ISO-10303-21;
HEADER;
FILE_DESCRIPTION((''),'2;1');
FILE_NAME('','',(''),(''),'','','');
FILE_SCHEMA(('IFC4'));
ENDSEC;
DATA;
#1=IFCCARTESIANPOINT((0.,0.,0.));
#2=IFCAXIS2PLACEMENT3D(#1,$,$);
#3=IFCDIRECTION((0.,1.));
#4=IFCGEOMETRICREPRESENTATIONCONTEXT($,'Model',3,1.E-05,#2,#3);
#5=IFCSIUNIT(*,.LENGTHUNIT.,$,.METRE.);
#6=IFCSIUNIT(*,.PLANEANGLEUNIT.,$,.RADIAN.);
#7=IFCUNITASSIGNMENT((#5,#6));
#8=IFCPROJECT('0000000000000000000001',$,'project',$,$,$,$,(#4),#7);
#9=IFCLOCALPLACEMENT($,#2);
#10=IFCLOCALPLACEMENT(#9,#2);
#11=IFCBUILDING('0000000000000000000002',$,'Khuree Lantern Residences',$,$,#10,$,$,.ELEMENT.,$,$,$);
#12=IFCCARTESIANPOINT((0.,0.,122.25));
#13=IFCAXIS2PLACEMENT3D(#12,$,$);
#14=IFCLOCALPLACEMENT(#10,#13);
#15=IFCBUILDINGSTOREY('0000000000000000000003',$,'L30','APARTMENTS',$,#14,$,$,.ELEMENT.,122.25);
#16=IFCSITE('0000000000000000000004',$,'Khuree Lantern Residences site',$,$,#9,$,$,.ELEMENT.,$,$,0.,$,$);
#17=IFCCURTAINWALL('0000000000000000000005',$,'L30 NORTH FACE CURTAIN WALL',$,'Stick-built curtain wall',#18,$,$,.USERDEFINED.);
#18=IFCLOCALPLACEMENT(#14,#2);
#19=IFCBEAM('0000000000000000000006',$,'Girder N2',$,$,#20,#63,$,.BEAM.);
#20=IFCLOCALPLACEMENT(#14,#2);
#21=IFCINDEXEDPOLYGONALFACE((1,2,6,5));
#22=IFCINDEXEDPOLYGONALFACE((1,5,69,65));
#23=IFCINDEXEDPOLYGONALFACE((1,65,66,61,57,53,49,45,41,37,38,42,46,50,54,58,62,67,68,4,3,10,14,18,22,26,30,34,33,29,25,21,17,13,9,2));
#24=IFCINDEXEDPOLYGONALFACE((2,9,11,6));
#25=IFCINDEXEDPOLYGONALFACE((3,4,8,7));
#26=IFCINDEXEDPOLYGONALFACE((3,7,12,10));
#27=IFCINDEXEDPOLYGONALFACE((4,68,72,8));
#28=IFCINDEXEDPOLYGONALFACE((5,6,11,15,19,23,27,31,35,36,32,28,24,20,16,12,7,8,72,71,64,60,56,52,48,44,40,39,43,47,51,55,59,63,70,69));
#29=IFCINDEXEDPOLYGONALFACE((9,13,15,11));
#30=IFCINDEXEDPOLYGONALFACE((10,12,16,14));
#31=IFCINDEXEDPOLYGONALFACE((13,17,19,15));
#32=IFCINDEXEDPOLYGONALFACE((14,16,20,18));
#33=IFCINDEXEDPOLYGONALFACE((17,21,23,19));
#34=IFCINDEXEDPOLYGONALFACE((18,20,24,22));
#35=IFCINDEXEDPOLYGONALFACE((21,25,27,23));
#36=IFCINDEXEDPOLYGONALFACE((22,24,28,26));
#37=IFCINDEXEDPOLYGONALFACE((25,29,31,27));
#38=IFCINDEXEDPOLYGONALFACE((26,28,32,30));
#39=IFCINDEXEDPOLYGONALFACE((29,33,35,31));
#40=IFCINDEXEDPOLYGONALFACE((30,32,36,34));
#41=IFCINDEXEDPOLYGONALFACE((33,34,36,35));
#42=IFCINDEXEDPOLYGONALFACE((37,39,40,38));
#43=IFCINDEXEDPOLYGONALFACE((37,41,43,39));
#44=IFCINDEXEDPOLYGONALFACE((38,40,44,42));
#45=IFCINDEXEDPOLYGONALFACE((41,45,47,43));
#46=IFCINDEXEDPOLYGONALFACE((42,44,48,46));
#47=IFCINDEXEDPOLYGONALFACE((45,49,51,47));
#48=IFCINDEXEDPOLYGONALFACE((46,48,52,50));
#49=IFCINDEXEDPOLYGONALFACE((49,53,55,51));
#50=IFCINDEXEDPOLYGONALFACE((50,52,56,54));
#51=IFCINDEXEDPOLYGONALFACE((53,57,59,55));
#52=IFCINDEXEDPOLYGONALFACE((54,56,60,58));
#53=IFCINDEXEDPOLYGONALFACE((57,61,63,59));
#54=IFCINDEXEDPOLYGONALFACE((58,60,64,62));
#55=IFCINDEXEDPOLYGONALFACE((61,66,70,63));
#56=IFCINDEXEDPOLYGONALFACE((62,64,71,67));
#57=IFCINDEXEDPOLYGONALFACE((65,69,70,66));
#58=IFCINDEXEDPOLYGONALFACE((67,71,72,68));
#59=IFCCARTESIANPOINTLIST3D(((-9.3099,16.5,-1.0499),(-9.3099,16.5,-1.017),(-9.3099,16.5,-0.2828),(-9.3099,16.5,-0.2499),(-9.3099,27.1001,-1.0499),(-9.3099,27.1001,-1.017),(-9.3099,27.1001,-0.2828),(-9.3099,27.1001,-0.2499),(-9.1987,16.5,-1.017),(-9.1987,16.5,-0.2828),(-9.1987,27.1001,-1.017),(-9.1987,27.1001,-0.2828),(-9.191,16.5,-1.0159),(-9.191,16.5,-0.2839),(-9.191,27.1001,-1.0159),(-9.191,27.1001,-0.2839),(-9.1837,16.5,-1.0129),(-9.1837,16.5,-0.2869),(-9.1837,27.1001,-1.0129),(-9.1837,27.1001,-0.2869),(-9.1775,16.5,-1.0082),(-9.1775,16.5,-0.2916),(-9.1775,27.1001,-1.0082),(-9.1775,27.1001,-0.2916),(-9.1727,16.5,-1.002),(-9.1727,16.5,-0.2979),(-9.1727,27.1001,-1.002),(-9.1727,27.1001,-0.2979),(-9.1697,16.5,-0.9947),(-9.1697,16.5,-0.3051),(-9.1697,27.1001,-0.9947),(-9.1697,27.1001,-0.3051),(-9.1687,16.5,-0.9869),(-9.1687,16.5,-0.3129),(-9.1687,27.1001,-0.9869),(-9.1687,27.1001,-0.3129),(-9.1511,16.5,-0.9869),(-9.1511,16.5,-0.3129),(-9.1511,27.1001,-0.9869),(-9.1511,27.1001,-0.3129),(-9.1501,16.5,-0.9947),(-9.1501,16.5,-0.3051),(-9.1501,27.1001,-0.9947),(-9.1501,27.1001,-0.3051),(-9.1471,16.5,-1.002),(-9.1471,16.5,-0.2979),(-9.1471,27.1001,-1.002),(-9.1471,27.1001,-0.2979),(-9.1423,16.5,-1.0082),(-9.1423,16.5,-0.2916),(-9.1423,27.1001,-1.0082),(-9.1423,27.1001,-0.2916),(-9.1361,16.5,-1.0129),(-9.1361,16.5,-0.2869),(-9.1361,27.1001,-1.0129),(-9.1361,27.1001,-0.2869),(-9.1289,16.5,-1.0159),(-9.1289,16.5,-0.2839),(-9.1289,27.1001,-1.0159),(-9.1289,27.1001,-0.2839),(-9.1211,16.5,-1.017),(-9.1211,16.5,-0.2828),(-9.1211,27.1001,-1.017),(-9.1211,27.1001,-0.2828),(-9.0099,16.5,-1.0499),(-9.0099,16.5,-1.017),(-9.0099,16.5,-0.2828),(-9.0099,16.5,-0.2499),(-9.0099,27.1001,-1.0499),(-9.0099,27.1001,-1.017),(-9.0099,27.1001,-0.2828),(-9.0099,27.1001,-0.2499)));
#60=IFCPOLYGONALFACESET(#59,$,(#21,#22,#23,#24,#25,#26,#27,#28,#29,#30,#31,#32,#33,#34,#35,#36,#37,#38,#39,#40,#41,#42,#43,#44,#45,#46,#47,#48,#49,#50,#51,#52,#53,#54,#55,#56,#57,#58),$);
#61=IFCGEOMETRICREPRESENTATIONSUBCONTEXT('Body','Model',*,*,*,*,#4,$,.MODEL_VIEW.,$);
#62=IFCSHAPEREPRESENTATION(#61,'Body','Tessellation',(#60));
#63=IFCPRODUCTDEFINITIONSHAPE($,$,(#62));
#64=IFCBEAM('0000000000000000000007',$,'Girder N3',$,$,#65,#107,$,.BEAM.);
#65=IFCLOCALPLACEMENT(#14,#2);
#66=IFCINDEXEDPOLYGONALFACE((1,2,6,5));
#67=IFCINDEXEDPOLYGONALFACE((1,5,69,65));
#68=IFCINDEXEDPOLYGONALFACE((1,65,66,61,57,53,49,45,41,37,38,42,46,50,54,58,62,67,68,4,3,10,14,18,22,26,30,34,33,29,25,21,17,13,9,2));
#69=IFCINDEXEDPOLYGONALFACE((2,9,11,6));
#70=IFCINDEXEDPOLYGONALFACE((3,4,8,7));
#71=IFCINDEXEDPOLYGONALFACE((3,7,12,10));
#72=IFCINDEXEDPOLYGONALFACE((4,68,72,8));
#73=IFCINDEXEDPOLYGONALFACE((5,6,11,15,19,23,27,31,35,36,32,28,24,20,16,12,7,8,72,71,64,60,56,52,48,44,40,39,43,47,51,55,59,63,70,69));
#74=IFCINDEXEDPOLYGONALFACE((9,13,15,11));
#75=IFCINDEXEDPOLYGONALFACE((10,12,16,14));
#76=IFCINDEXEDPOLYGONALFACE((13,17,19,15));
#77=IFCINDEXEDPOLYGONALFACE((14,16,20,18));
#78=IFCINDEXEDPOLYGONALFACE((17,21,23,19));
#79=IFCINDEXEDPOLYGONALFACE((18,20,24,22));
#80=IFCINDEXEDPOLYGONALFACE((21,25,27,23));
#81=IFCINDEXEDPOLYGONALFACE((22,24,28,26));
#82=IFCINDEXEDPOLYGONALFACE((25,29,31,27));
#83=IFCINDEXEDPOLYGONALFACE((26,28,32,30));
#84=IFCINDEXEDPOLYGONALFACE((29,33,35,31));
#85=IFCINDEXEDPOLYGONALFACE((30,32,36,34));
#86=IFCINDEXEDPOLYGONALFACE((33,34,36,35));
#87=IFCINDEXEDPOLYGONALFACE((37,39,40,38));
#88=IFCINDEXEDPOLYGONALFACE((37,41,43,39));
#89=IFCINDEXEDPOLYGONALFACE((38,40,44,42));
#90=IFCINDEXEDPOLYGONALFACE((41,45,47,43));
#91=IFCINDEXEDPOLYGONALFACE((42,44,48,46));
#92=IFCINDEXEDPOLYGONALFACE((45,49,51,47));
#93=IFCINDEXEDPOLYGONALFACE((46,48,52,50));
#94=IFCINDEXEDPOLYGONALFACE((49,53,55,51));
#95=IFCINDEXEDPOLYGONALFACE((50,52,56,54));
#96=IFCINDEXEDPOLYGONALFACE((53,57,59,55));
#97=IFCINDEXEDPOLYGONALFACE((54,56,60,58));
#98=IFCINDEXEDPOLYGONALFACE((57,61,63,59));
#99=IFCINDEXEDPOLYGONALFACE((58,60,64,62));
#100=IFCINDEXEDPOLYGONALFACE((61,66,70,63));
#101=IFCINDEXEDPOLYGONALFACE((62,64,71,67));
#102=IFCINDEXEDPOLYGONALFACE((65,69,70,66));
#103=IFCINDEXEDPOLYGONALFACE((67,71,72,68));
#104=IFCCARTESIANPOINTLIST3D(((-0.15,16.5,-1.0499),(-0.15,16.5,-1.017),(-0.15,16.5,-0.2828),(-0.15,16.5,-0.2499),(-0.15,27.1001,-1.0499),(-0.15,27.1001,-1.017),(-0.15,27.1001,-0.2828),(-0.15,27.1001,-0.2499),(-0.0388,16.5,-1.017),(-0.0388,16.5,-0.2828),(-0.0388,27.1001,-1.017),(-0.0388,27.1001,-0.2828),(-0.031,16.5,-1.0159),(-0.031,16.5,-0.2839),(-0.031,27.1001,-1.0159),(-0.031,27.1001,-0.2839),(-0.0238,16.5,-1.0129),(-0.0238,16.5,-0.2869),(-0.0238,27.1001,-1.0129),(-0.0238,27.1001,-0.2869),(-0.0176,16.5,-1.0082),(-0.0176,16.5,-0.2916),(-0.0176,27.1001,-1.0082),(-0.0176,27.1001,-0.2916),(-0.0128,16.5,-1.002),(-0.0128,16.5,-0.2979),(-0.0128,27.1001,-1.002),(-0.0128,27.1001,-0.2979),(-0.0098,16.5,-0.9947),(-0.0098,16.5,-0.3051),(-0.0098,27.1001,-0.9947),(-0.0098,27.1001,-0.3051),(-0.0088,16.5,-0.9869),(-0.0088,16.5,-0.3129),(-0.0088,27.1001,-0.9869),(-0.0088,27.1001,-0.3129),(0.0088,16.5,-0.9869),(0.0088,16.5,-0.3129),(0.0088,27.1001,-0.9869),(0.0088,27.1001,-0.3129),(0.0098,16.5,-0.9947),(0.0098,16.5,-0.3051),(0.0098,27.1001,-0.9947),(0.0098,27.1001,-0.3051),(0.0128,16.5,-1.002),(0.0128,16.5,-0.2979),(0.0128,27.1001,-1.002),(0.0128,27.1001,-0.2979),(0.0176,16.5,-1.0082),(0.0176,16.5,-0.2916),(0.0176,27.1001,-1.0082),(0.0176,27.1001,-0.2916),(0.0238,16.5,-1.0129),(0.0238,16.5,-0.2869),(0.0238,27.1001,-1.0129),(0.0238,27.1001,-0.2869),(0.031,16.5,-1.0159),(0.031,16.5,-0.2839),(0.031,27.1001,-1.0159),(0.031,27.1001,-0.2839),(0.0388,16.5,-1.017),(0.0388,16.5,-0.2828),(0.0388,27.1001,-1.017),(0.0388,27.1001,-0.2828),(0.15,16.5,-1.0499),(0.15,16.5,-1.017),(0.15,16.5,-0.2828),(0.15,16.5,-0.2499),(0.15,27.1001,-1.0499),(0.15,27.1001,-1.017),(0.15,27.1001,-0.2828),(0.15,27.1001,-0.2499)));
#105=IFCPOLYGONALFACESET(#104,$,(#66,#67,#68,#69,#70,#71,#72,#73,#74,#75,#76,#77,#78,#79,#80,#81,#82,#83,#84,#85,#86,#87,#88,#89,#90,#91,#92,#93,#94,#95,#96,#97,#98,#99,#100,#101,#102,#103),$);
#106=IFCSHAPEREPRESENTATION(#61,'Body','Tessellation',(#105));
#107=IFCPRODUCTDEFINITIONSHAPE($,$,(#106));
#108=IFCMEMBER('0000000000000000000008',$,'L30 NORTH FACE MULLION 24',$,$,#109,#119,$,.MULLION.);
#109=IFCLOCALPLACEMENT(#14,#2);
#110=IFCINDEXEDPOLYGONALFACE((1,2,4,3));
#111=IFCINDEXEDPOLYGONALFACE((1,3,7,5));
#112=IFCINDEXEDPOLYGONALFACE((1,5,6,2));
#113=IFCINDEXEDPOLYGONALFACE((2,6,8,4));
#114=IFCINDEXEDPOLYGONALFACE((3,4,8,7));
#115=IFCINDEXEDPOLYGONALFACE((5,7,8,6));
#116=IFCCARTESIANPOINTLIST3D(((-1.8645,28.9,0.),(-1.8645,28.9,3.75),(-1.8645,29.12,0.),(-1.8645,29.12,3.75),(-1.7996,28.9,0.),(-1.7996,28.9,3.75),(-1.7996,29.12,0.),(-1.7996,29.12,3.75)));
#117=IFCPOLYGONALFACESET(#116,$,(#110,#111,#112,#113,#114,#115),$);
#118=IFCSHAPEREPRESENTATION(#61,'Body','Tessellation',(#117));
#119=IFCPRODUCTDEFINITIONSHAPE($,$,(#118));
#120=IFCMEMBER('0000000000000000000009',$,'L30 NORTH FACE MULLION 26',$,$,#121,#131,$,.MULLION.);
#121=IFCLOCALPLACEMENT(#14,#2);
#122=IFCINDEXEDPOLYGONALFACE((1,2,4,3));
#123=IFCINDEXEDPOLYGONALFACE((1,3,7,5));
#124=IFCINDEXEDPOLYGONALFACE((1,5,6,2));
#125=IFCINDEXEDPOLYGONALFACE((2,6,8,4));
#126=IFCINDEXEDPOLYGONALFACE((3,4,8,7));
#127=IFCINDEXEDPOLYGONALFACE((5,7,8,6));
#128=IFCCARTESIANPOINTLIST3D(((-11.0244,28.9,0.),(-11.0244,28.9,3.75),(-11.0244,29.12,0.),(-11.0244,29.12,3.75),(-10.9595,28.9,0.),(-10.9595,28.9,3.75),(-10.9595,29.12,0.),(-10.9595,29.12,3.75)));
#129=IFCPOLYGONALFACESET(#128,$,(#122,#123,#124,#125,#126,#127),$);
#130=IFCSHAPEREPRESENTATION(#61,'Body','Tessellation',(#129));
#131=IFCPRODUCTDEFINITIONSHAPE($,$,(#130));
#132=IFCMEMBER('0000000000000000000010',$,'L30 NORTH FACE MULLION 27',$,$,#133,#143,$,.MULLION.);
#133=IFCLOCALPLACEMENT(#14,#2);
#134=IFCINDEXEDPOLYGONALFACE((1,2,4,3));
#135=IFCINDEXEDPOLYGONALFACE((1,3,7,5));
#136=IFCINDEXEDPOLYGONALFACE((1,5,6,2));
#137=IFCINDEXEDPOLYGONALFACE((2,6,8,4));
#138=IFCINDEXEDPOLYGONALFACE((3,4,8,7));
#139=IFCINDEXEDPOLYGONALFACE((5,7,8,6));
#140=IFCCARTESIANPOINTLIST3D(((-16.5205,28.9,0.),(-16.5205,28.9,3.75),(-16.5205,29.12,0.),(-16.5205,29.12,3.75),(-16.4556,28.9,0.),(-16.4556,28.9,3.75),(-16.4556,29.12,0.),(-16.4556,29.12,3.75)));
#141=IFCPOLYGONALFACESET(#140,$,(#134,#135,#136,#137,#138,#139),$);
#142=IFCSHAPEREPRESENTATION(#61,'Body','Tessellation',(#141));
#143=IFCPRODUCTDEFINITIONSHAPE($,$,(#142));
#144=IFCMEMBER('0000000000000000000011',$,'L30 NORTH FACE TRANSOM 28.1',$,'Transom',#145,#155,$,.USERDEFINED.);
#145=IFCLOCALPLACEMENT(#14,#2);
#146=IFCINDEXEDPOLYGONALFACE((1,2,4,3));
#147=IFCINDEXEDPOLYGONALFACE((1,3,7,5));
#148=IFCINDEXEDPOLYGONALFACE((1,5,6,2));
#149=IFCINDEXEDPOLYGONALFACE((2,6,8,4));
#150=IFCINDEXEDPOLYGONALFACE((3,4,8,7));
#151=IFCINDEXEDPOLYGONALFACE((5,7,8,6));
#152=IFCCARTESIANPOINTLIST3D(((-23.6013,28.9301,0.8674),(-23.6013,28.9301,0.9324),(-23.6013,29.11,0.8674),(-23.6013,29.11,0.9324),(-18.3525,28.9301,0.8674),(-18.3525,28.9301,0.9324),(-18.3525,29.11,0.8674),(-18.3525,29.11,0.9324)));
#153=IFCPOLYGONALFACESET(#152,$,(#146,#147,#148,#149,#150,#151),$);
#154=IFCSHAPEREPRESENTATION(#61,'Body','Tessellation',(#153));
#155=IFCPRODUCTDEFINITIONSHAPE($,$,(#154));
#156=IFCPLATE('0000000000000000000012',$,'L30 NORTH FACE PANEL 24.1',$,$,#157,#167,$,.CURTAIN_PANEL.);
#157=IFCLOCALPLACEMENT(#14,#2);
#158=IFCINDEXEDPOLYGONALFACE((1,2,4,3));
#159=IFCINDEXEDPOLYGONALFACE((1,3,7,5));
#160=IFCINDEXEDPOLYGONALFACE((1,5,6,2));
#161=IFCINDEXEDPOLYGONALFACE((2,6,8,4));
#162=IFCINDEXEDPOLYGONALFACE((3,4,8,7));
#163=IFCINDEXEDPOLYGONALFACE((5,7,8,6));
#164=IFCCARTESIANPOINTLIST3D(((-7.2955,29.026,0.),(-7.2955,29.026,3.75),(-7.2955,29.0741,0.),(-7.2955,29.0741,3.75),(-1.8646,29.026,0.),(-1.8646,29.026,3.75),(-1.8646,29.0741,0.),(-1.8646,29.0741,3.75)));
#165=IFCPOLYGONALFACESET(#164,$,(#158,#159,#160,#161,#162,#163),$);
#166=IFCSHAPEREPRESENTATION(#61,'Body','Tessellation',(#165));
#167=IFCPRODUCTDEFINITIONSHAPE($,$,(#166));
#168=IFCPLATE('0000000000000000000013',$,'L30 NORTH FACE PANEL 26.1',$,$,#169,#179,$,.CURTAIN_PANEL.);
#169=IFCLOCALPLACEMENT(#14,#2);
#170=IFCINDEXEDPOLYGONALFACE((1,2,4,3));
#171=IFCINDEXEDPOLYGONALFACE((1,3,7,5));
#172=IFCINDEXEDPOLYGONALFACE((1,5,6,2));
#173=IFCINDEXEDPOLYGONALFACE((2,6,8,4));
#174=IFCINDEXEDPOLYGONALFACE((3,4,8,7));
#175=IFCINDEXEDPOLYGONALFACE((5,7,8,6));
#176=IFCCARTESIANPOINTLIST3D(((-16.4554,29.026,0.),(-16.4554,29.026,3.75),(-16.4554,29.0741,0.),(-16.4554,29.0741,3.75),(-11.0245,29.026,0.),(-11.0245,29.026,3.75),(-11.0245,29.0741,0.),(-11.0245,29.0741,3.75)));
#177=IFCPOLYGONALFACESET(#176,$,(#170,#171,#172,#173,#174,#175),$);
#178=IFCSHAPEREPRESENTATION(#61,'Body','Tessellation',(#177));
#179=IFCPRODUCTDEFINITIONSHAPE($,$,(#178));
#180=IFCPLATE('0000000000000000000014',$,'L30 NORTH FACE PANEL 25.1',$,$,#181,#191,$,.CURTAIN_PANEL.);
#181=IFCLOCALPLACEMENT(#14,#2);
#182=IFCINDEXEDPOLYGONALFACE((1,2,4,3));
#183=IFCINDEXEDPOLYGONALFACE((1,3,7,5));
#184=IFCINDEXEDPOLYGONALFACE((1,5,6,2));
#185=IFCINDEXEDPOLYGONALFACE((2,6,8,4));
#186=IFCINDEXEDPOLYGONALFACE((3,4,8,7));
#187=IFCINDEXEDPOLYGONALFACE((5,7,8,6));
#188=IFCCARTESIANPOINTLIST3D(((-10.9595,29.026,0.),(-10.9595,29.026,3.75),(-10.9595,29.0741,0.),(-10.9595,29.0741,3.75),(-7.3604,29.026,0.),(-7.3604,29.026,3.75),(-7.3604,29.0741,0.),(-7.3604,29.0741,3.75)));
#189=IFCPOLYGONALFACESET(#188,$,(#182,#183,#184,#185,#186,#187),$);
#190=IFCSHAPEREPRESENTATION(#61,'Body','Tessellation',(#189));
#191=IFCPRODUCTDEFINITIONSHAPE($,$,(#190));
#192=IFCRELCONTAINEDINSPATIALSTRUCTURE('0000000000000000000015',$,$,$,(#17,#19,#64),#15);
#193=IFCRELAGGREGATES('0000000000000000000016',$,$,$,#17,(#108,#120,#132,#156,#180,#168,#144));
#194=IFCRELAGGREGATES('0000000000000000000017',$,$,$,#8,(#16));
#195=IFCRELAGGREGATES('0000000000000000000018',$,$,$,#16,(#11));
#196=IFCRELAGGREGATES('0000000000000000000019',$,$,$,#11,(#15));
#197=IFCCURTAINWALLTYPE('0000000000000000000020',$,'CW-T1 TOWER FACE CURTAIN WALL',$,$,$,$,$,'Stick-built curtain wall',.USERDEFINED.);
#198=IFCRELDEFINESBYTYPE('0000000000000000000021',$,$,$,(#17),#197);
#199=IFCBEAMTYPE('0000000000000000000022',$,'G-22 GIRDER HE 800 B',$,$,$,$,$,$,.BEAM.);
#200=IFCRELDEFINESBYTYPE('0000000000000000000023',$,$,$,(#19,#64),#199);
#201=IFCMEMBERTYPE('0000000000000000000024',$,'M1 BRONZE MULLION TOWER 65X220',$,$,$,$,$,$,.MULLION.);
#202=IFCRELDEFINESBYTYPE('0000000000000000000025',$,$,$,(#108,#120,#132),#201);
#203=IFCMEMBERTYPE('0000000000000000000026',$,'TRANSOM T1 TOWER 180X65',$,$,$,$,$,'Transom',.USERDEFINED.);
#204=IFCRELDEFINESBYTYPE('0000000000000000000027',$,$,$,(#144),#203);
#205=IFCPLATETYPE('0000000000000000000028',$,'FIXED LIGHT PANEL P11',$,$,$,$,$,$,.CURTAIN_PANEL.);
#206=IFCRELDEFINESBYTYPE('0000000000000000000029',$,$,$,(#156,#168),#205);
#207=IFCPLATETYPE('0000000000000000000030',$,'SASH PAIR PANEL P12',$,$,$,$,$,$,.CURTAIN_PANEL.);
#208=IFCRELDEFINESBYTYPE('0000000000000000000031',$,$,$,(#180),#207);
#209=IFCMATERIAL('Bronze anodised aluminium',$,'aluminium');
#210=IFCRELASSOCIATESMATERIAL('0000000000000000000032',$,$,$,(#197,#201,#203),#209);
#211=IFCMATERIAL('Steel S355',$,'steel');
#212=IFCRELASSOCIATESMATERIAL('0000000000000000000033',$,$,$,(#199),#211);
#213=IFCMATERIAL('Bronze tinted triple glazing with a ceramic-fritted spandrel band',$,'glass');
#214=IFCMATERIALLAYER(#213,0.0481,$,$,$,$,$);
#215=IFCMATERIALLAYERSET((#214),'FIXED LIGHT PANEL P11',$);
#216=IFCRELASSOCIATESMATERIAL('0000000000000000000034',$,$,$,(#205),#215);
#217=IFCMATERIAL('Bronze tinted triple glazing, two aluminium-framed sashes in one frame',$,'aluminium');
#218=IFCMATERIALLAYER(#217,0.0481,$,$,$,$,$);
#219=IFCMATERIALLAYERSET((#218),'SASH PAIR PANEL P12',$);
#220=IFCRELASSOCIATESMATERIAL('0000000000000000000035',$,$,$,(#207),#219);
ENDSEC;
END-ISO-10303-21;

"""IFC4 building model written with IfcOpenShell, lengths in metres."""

from ifc_helpers import new_model, si_unit, direction, frame, origin, origin_2d, place, context, subcontext, project, spatial, rectangle, i_section, extrude, material, layer, layer_set, material_profile, profile_set, type_object, element, aggregate, save


model = new_model("IFC4")

# Units and contexts
model_context = context("Model", 3, precision=1e-05, world=origin(), true_north=direction((0.0, 1.0)))
body_context = subcontext(model_context, "Body", "Model", "MODEL_VIEW")
ifc_project = project(units=[si_unit("LENGTHUNIT", "METRE"), si_unit("PLANEANGLEUNIT", "RADIAN")], contexts=[model_context])

# Site, building, storey
site_placement = place(None, origin())
site = spatial("IfcSite", under=ifc_project, at=site_placement, Name="Khuree Lantern Residences site", CompositionType="ELEMENT", RefElevation=0.0)
building_placement = place(site_placement, origin())
building = spatial("IfcBuilding", under=site, at=building_placement, Name="Khuree Lantern Residences", CompositionType="ELEMENT")
storey_placement = place(building_placement, frame((0.0, 0.0, 122.25)))
storey = spatial("IfcBuildingStorey", under=building, at=storey_placement, Name="L30", Description="APARTMENTS", CompositionType="ELEMENT", Elevation=122.25)

# Shared definitions
ifc_material_1 = material(Name="Steel S355", Category="steel")

# Curtain wall
ifc_material_2 = material(Name="Bronze anodised aluminium", Category="aluminium")
curtain_wall_type = type_object("IfcCurtainWallType", Name="CW-T1 TOWER FACE CURTAIN WALL", ElementType="Stick-built curtain wall", PredefinedType="USERDEFINED", material=ifc_material_2)
curtain_wall_placement = place(storey_placement, origin())
curtain_wall = element("IfcCurtainWall", 1, at=curtain_wall_placement, inside=storey, type_object=curtain_wall_type, Name="L30 NORTH FACE CURTAIN WALL", ObjectType="Stick-built curtain wall", PredefinedType="USERDEFINED")

# Beams
ifc_material_profile_1 = material_profile(ifc_material_1, i_section(OverallWidth=0.3, OverallDepth=0.8, WebThickness=0.0176, FlangeThickness=0.033, FilletRadius=0.03, at=origin_2d()), Name="HE 800 B")
ifc_profile_set_1 = profile_set([ifc_material_profile_1], Name="Steel S355")
beam_type_1 = type_object("IfcBeamType", Name="G-22 GIRDER HE 800 B", PredefinedType="BEAM", material=ifc_profile_set_1)
for number, where, z_axis, x_axis, name in (
    (2, (-9.1599, 27.1001, -0.6499), (0.0, -1.0, 0.0), (1.0, 0.0, 0.0), "Girder N2"),
    (3, (0.0, 27.1001, -0.6499), (0.0, -1.0, 0.0), (1.0, 0.0, 0.0), "Girder N3"),
):
    element("IfcBeam", number, at=place(storey_placement, frame(where, z_axis=z_axis, x_axis=x_axis)), inside=storey, type_object=beam_type_1, Name=name, PredefinedType="BEAM", context=body_context, shape_type="SweptSolid", body=[
        extrude(i_section(OverallWidth=0.3, OverallDepth=0.8, WebThickness=0.0176, FlangeThickness=0.033, FilletRadius=0.03, at=origin_2d()), origin(), (0.0, 0.0, 1.0), 10.6001),
    ])

# Members
ifc_material_profile_2 = material_profile(ifc_material_2, rectangle(XDim=0.0649, YDim=0.22, at=origin_2d()), Name="M1 65X220")
ifc_profile_set_2 = profile_set([ifc_material_profile_2], Name="Bronze anodised aluminium")
member_type_1 = type_object("IfcMemberType", Name="M1 BRONZE MULLION TOWER 65X220", PredefinedType="MULLION", material=ifc_profile_set_2)
member_1_placement = place(storey_placement, frame((-1.832, 29.01, 0.0), z_axis=(0.0, 0.0, 1.0), x_axis=(-1.0, 0.0, 0.0)))
member_1 = element("IfcMember", 4, at=member_1_placement, type_object=member_type_1, Name="L30 NORTH FACE MULLION 24", PredefinedType="MULLION", context=body_context, shape_type="SweptSolid", body=[
    extrude(rectangle(XDim=0.0649, YDim=0.22, at=origin_2d()), origin(), (0.0, 0.0, 1.0), 3.75),
])
member_2_placement = place(storey_placement, frame((-10.9919, 29.01, 0.0), z_axis=(0.0, 0.0, 1.0), x_axis=(-1.0, 0.0, 0.0)))
member_2 = element("IfcMember", 5, at=member_2_placement, type_object=member_type_1, Name="L30 NORTH FACE MULLION 26", PredefinedType="MULLION", context=body_context, shape_type="SweptSolid", body=[
    extrude(rectangle(XDim=0.0649, YDim=0.22, at=origin_2d()), origin(), (0.0, 0.0, 1.0), 3.75),
])
member_3_placement = place(storey_placement, frame((-16.488, 29.01, 0.0), z_axis=(0.0, 0.0, 1.0), x_axis=(-1.0, 0.0, 0.0)))
member_3 = element("IfcMember", 6, at=member_3_placement, type_object=member_type_1, Name="L30 NORTH FACE MULLION 27", PredefinedType="MULLION", context=body_context, shape_type="SweptSolid", body=[
    extrude(rectangle(XDim=0.0649, YDim=0.22, at=origin_2d()), origin(), (0.0, 0.0, 1.0), 3.75),
])
ifc_material_profile_3 = material_profile(ifc_material_2, rectangle(XDim=0.1799, YDim=0.0649, at=origin_2d()), Name="T1 180X65")
ifc_profile_set_3 = profile_set([ifc_material_profile_3], Name="Bronze anodised aluminium")
member_type_2 = type_object("IfcMemberType", Name="TRANSOM T1 TOWER 180X65", ElementType="Transom", PredefinedType="USERDEFINED", material=ifc_profile_set_3)
member_4_placement = place(storey_placement, frame((-18.3525, 29.02, 0.8999), z_axis=(-1.0, 0.0, 0.0), x_axis=(0.0, -1.0, 0.0)))
member_4 = element("IfcMember", 7, at=member_4_placement, type_object=member_type_2, Name="L30 NORTH FACE TRANSOM 28.1", ObjectType="Transom", PredefinedType="USERDEFINED", context=body_context, shape_type="SweptSolid", body=[
    extrude(rectangle(XDim=0.1799, YDim=0.0649, at=origin_2d()), origin(), (0.0, 0.0, 1.0), 5.2488),
])

# Plates
ifc_material_3 = material(Name="Bronze tinted triple glazing with a ceramic-fritted spandrel band", Category="glass")
ifc_layer_1 = layer(ifc_material_3, 0.0481)
ifc_layer_set_1 = layer_set([ifc_layer_1], Name="FIXED LIGHT PANEL P11")
plate_type_1 = type_object("IfcPlateType", Name="FIXED LIGHT PANEL P11", PredefinedType="CURTAIN_PANEL", material=ifc_layer_set_1)
plate_1_placement = place(storey_placement, frame((-4.5801, 29.05, 0.0), z_axis=(0.0, 0.0, 1.0), x_axis=(-1.0, 0.0, 0.0)))
plate_1 = element("IfcPlate", 8, at=plate_1_placement, type_object=plate_type_1, Name="L30 NORTH FACE PANEL 24.1", PredefinedType="CURTAIN_PANEL", context=body_context, shape_type="SweptSolid", body=[
    extrude(rectangle(XDim=5.4309, YDim=0.0481, at=origin_2d()), origin(), (0.0, 0.0, 1.0), 3.75),
])
plate_2_placement = place(storey_placement, frame((-13.74, 29.05, 0.0), z_axis=(0.0, 0.0, 1.0), x_axis=(-1.0, 0.0, 0.0)))
plate_2 = element("IfcPlate", 9, at=plate_2_placement, type_object=plate_type_1, Name="L30 NORTH FACE PANEL 26.1", PredefinedType="CURTAIN_PANEL", context=body_context, shape_type="SweptSolid", body=[
    extrude(rectangle(XDim=5.4309, YDim=0.0481, at=origin_2d()), origin(), (0.0, 0.0, 1.0), 3.75),
])
ifc_material_4 = material(Name="Bronze tinted triple glazing, two aluminium-framed sashes in one frame", Category="aluminium")
ifc_layer_2 = layer(ifc_material_4, 0.0481)
ifc_layer_set_2 = layer_set([ifc_layer_2], Name="SASH PAIR PANEL P12")
plate_type_2 = type_object("IfcPlateType", Name="SASH PAIR PANEL P12", PredefinedType="CURTAIN_PANEL", material=ifc_layer_set_2)
plate_3_placement = place(storey_placement, frame((-9.1599, 29.05, 0.0), z_axis=(0.0, 0.0, 1.0), x_axis=(-1.0, 0.0, 0.0)))
plate_3 = element("IfcPlate", 10, at=plate_3_placement, type_object=plate_type_2, Name="L30 NORTH FACE PANEL 25.1", PredefinedType="CURTAIN_PANEL", context=body_context, shape_type="SweptSolid", body=[
    extrude(rectangle(XDim=3.5991, YDim=0.0481, at=origin_2d()), origin(), (0.0, 0.0, 1.0), 3.75),
])
aggregate(curtain_wall, [member_1, member_2, member_3, plate_1, plate_3, plate_2, member_4])

save(model, "model.ifc")
